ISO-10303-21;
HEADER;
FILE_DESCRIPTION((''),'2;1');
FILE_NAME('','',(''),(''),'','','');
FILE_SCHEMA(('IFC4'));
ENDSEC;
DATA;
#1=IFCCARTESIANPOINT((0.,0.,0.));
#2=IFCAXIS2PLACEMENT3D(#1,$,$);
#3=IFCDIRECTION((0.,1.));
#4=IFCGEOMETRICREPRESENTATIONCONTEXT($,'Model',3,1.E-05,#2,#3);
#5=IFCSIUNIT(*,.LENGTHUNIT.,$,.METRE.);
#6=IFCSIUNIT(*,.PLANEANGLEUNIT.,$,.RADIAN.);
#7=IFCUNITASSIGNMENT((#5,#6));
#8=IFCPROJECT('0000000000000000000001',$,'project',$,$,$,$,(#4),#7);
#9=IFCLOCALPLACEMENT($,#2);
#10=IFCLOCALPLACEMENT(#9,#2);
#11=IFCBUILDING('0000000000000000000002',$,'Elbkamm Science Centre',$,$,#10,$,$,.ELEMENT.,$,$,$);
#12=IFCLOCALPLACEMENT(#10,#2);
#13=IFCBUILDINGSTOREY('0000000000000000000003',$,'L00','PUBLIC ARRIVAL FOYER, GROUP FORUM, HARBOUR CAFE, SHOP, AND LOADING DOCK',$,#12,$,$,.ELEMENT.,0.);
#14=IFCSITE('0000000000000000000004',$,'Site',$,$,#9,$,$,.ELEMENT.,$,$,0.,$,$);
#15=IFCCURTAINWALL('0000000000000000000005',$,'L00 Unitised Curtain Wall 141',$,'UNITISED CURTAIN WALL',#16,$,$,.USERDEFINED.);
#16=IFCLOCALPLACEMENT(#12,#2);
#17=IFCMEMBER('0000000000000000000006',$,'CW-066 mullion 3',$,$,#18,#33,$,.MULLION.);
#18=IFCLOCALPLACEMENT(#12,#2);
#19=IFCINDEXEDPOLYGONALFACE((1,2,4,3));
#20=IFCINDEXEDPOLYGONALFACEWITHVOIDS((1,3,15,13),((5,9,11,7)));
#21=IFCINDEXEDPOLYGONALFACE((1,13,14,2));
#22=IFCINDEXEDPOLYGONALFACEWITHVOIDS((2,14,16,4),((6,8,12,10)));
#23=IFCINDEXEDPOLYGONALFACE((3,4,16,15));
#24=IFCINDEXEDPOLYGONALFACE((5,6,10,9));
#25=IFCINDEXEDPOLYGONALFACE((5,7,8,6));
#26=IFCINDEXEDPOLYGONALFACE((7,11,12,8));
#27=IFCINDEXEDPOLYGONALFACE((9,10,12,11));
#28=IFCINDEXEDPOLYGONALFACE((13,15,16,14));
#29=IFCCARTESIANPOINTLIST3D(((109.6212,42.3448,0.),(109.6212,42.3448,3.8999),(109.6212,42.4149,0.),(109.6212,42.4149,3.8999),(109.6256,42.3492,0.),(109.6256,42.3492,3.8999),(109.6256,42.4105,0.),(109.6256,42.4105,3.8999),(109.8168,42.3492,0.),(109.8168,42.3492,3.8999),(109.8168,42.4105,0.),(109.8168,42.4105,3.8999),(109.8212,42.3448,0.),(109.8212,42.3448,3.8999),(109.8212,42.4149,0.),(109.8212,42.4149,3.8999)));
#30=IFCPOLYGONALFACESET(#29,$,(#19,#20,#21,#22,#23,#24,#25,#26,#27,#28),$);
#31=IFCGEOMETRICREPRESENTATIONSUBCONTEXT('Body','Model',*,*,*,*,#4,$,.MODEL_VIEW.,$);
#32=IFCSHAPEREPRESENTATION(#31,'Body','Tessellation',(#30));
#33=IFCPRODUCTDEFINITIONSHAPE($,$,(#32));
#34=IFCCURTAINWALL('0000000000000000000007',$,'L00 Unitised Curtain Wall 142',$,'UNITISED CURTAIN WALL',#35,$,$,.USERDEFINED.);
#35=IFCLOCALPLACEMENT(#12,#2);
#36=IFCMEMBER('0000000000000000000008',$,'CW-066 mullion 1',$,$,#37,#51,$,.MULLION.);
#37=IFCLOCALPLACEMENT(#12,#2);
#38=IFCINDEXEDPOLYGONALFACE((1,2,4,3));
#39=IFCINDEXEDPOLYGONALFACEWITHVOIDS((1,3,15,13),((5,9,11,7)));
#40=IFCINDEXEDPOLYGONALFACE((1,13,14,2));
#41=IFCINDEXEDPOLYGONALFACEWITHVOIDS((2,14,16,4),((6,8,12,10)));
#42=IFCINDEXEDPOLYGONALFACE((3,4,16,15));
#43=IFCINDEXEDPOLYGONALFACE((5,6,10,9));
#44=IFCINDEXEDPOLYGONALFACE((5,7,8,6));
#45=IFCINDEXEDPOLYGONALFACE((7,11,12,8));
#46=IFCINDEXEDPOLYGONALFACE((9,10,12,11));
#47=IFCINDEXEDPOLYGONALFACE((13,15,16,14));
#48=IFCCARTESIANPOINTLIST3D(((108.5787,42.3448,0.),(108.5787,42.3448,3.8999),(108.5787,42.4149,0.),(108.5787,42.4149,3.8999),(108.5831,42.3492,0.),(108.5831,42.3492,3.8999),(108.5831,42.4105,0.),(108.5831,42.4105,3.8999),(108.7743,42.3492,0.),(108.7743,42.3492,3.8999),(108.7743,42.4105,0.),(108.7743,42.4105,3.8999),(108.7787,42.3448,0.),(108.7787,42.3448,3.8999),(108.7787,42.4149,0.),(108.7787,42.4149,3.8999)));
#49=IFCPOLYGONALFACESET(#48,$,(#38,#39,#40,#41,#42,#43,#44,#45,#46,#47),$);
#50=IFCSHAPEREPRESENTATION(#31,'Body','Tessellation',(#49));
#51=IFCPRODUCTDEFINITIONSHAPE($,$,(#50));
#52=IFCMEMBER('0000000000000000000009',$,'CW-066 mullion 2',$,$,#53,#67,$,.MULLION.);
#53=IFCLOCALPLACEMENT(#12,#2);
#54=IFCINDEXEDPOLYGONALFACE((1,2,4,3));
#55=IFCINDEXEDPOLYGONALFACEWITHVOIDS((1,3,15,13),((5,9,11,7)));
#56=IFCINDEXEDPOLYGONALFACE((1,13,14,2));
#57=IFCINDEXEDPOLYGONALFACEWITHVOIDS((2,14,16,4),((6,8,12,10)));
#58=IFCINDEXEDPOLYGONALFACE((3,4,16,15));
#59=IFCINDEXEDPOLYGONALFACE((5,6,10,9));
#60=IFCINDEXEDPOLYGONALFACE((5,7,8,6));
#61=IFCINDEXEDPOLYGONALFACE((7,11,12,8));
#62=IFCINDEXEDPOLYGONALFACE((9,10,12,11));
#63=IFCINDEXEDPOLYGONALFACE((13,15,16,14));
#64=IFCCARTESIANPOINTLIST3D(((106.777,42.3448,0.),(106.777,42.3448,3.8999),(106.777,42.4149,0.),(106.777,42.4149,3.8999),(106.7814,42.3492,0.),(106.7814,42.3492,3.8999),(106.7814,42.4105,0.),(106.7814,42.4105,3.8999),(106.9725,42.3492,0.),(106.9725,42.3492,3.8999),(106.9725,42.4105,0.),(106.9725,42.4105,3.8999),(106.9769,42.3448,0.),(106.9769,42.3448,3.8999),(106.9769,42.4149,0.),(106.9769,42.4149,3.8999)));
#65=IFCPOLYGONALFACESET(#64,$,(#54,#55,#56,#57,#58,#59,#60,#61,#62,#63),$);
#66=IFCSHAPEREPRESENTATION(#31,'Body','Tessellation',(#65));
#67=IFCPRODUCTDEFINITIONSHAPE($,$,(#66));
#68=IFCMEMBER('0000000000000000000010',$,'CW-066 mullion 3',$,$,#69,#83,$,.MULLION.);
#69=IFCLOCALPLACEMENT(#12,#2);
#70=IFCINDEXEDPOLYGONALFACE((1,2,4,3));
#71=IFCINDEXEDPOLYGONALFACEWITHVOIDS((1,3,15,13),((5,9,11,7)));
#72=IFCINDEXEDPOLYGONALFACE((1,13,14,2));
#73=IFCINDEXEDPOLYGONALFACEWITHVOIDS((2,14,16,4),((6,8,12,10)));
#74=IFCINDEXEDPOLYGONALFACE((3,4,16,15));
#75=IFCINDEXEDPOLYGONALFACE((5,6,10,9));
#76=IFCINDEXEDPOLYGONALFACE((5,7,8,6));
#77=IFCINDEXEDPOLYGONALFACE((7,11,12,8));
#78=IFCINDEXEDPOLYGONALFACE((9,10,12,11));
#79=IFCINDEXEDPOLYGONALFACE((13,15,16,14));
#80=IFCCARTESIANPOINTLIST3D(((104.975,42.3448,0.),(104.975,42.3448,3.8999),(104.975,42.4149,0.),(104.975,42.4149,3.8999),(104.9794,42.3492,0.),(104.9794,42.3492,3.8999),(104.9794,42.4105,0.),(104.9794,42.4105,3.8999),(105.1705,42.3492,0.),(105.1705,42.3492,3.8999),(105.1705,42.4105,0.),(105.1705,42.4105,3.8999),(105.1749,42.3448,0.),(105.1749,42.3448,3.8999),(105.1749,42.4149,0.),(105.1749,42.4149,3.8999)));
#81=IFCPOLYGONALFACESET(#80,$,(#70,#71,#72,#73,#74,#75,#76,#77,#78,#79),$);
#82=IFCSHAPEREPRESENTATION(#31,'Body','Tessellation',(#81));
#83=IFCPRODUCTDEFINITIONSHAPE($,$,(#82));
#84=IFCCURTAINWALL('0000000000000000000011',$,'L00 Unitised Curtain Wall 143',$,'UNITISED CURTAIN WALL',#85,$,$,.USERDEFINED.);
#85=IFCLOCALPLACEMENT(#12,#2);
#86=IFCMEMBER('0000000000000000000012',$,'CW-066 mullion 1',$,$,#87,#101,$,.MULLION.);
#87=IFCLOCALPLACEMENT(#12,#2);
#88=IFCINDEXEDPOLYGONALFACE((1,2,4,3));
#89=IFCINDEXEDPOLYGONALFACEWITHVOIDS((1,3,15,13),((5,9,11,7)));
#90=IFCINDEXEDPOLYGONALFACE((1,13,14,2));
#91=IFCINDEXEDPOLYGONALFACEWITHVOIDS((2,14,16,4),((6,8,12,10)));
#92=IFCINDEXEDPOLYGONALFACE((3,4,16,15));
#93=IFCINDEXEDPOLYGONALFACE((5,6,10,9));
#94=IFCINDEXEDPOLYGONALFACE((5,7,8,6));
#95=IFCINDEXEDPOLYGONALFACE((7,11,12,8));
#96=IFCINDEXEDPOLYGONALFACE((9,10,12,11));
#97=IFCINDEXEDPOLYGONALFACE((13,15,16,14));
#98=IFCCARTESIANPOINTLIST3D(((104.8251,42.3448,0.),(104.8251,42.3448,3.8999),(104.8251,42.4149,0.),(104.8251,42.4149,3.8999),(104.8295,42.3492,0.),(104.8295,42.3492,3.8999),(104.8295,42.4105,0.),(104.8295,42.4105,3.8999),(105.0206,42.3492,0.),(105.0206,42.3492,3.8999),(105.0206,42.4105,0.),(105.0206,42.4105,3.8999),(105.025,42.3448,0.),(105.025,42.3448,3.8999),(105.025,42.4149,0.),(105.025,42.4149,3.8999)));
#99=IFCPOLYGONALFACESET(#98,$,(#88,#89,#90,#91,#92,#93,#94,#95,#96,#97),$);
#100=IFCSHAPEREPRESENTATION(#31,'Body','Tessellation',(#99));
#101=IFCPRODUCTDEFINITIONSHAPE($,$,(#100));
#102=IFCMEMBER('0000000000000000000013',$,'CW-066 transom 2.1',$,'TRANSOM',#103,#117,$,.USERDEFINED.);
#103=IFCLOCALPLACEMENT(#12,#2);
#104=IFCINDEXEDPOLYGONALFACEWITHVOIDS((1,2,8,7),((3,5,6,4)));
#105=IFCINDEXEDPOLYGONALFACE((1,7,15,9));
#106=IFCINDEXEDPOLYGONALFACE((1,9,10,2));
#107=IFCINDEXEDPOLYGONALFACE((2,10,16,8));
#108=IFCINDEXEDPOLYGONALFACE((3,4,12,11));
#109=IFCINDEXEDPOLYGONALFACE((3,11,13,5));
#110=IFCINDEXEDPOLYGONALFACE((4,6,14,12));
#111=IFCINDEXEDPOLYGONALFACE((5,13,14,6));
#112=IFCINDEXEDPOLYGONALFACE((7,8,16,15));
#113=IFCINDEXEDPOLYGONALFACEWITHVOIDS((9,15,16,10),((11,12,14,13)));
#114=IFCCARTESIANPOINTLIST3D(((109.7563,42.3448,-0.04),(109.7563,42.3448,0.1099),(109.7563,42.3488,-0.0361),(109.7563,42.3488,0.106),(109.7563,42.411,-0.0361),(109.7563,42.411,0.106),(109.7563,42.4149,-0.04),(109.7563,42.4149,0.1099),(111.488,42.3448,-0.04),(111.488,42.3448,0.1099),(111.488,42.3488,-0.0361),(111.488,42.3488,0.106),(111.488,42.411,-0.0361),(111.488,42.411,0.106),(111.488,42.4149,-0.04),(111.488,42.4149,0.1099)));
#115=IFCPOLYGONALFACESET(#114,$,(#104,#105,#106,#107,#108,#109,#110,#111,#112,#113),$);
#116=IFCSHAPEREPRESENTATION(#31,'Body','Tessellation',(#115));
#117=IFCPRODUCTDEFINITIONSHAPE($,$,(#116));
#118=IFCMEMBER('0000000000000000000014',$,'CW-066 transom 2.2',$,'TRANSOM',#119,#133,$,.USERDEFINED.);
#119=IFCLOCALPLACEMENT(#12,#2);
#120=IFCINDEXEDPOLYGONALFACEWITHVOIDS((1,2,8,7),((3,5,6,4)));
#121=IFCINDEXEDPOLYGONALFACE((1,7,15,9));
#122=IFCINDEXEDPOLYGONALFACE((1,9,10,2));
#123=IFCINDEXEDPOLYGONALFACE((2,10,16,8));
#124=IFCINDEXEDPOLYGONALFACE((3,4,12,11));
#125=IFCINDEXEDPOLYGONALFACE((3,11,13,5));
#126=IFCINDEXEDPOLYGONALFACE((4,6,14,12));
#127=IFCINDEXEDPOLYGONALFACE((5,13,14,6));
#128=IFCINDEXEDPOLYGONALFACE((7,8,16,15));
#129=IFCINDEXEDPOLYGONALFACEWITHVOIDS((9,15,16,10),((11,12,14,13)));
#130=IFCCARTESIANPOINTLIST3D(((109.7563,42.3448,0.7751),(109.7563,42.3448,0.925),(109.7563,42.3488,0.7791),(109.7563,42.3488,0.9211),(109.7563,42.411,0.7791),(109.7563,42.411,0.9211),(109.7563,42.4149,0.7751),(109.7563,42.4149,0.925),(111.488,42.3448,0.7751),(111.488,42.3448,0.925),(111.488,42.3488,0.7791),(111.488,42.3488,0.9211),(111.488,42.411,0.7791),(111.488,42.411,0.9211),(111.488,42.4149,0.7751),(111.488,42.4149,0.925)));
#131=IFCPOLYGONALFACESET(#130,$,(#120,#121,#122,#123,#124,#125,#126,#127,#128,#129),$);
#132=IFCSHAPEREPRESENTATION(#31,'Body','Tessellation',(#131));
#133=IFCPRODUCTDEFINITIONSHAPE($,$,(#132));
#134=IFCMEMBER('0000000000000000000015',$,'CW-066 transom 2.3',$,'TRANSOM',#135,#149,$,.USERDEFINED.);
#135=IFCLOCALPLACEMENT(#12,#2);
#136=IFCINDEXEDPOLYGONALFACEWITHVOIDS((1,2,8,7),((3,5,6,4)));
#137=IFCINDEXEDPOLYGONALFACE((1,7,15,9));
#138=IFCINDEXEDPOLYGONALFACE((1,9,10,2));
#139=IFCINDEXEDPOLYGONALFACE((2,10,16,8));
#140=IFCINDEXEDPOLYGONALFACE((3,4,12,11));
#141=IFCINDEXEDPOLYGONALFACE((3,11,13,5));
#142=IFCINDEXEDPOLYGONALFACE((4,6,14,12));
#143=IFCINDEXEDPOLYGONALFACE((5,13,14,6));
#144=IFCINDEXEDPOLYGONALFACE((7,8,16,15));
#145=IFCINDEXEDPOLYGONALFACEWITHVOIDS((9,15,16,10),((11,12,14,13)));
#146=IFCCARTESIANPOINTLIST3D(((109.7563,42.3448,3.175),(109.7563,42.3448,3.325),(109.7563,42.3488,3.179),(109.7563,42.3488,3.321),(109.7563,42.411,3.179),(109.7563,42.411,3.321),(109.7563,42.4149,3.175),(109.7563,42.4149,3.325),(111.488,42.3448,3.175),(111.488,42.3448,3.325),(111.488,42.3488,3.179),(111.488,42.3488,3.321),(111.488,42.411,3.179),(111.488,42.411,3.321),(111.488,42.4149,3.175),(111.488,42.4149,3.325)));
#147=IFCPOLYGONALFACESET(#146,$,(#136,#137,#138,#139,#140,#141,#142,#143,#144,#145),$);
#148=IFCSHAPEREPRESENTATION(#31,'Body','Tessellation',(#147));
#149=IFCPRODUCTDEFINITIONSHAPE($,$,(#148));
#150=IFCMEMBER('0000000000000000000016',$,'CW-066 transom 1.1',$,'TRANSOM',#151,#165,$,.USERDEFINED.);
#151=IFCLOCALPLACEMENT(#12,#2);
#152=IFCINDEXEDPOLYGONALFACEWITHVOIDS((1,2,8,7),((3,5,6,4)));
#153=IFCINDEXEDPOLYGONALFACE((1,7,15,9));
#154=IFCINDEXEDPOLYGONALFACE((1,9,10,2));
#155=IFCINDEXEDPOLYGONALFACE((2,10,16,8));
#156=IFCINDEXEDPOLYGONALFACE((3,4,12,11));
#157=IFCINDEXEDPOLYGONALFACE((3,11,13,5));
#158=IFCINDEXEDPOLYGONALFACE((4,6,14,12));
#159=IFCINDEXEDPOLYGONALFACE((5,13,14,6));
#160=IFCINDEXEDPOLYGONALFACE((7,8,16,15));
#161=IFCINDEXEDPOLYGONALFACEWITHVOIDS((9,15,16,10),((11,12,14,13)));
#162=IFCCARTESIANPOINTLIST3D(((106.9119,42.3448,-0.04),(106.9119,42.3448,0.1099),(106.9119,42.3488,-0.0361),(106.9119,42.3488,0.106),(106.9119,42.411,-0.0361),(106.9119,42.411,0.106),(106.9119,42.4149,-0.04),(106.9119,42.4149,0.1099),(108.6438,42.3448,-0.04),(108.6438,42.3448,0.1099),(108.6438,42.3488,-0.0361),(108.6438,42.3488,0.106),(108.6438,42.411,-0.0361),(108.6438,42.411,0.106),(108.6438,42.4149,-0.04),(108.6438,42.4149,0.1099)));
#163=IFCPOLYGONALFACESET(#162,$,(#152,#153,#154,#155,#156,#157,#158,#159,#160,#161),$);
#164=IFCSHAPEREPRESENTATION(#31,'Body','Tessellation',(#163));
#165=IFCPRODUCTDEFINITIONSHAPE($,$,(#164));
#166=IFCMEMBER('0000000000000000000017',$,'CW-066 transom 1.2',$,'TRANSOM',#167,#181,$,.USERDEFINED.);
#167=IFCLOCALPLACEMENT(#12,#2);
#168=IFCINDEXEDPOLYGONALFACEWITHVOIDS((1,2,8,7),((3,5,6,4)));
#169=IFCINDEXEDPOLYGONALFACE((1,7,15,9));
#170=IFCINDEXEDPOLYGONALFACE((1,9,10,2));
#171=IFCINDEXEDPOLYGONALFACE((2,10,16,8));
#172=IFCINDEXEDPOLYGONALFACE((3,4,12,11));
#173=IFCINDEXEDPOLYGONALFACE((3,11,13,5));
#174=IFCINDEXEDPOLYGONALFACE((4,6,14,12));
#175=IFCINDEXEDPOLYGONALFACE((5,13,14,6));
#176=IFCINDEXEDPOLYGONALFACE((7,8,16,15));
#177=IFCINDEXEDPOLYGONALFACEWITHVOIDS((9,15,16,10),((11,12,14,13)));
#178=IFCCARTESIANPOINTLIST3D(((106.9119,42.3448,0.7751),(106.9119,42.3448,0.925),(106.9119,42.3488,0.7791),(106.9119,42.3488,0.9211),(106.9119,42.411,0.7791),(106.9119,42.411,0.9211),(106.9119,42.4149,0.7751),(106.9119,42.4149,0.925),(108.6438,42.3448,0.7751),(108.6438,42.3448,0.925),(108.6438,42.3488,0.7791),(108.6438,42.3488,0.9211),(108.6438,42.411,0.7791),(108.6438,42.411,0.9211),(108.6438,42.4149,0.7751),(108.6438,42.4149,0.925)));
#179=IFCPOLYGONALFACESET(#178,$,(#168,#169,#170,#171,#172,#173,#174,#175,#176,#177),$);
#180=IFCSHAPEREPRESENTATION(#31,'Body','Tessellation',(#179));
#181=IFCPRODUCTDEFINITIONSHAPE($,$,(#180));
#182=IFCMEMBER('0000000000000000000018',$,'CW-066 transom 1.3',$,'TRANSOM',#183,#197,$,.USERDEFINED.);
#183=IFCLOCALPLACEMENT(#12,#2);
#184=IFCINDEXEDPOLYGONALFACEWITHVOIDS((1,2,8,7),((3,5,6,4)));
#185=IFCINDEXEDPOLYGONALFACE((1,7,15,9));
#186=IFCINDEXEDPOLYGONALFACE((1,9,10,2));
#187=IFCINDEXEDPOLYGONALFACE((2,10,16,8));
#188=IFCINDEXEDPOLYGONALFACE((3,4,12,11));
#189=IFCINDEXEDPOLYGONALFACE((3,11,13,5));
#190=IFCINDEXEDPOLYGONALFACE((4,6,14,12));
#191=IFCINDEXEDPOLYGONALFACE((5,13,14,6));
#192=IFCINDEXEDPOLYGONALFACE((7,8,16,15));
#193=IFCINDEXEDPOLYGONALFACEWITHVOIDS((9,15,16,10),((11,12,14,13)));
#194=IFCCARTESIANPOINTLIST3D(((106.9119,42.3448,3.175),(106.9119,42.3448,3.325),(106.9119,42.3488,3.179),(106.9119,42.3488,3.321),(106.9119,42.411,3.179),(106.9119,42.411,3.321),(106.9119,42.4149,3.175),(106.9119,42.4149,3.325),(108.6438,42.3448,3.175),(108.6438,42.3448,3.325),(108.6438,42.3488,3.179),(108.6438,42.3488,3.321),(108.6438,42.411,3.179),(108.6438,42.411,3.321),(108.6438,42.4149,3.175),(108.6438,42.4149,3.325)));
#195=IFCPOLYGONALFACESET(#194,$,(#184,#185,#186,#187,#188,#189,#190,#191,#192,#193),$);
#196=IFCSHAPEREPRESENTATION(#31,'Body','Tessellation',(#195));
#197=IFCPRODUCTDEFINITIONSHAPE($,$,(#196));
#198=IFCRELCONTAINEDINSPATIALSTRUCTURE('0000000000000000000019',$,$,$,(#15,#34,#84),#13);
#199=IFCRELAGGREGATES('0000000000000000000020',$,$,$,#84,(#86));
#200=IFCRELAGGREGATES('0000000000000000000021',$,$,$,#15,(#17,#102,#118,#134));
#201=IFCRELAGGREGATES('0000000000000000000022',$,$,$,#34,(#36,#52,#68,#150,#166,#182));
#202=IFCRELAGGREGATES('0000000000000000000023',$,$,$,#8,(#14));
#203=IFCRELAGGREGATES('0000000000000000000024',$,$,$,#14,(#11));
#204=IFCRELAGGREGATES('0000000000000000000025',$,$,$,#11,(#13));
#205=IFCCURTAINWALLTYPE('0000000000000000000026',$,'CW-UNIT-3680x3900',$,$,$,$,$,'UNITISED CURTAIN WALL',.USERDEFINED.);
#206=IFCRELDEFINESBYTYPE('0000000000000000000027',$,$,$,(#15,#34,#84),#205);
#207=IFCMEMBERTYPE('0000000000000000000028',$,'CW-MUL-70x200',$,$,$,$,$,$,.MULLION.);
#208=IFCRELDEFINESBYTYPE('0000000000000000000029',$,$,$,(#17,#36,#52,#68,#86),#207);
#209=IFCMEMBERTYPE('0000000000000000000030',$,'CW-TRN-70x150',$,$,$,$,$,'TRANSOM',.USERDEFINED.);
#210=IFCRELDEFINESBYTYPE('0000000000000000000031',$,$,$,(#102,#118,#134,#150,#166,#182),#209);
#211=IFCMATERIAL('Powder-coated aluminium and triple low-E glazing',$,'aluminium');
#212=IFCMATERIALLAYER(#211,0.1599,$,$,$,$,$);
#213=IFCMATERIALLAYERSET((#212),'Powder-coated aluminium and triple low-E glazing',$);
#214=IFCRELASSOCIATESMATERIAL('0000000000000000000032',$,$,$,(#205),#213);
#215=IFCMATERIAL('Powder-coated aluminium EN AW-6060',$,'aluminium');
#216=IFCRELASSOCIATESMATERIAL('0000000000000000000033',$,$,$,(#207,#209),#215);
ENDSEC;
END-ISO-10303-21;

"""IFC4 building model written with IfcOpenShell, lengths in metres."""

from ifc_helpers import new_model, si_unit, direction, frame, origin, origin_2d, place, context, subcontext, project, spatial, hollow_rectangle, extrude, material, layer, layer_set, material_profile, profile_set, type_object, element, aggregate, save


model = new_model("IFC4")

# Units and contexts
model_context = context("Model", 3, precision=1e-05, world=origin(), true_north=direction((0.0, 1.0)))
body_context = subcontext(model_context, "Body", "Model", "MODEL_VIEW")
ifc_project = project(units=[si_unit("LENGTHUNIT", "METRE"), si_unit("PLANEANGLEUNIT", "RADIAN")], contexts=[model_context])

# Site, building, storey
site_placement = place(None, origin())
site = spatial("IfcSite", under=ifc_project, at=site_placement, Name="Site", CompositionType="ELEMENT", RefElevation=0.0)
building_placement = place(site_placement, origin())
building = spatial("IfcBuilding", under=site, at=building_placement, Name="Elbkamm Science Centre", CompositionType="ELEMENT")
storey_placement = place(building_placement, origin())
storey = spatial("IfcBuildingStorey", under=building, at=storey_placement, Name="L00", Description="PUBLIC ARRIVAL FOYER, GROUP FORUM, HARBOUR CAFE, SHOP, AND LOADING DOCK", CompositionType="ELEMENT", Elevation=0.0)

# Curtain wall, member
ifc_material_1 = material(Name="Powder-coated aluminium and triple low-E glazing", Category="aluminium")
ifc_layer_1 = layer(ifc_material_1, 0.1599)
ifc_layer_set_1 = layer_set([ifc_layer_1], Name="Powder-coated aluminium and triple low-E glazing")
curtain_wall_type = type_object("IfcCurtainWallType", Name="CW-UNIT-3680x3900", ElementType="UNITISED CURTAIN WALL", PredefinedType="USERDEFINED", material=ifc_layer_set_1)
curtain_wall_1_placement = place(storey_placement, origin())
curtain_wall_1 = element("IfcCurtainWall", 1, at=curtain_wall_1_placement, inside=storey, type_object=curtain_wall_type, Name="L00 Unitised Curtain Wall 141", ObjectType="UNITISED CURTAIN WALL", PredefinedType="USERDEFINED")
ifc_material_2 = material(Name="Powder-coated aluminium EN AW-6060", Category="aluminium")
ifc_material_profile_1 = material_profile(ifc_material_2, hollow_rectangle(XDim=0.0701, YDim=0.2, WallThickness=0.0044, at=origin_2d()), Name="ALU M70x200")
ifc_profile_set_1 = profile_set([ifc_material_profile_1], Name="Powder-coated aluminium EN AW-6060")
member_type_1 = type_object("IfcMemberType", Name="CW-MUL-70x200", PredefinedType="MULLION", material=ifc_profile_set_1)
member_1_placement = place(storey_placement, frame((109.7212, 42.3799, 0.0), z_axis=(0.0, 0.0, 1.0), x_axis=(0.0, -1.0, 0.0)))
member_1 = element("IfcMember", 2, at=member_1_placement, type_object=member_type_1, Name="CW-066 mullion 3", PredefinedType="MULLION", context=body_context, shape_type="SweptSolid", body=[
    extrude(hollow_rectangle(XDim=0.0701, YDim=0.2, WallThickness=0.0044, at=origin_2d()), origin(), (0.0, 0.0, 1.0), 3.8999),
])

# Curtain wall, members
curtain_wall_2_placement = place(storey_placement, origin())
curtain_wall_2 = element("IfcCurtainWall", 3, at=curtain_wall_2_placement, inside=storey, type_object=curtain_wall_type, Name="L00 Unitised Curtain Wall 142", ObjectType="UNITISED CURTAIN WALL", PredefinedType="USERDEFINED")
member_2_placement = place(storey_placement, frame((108.6787, 42.3799, 0.0), z_axis=(0.0, 0.0, 1.0), x_axis=(0.0, -1.0, 0.0)))
member_2 = element("IfcMember", 4, at=member_2_placement, type_object=member_type_1, Name="CW-066 mullion 1", PredefinedType="MULLION", context=body_context, shape_type="SweptSolid", body=[
    extrude(hollow_rectangle(XDim=0.0701, YDim=0.2, WallThickness=0.0044, at=origin_2d()), origin(), (0.0, 0.0, 1.0), 3.8999),
])
member_3_placement = place(storey_placement, frame((106.877, 42.3799, 0.0), z_axis=(0.0, 0.0, 1.0), x_axis=(0.0, -1.0, 0.0)))
member_3 = element("IfcMember", 5, at=member_3_placement, type_object=member_type_1, Name="CW-066 mullion 2", PredefinedType="MULLION", context=body_context, shape_type="SweptSolid", body=[
    extrude(hollow_rectangle(XDim=0.0701, YDim=0.2, WallThickness=0.0044, at=origin_2d()), origin(), (0.0, 0.0, 1.0), 3.8999),
])
member_4_placement = place(storey_placement, frame((105.075, 42.3799, 0.0), z_axis=(0.0, 0.0, 1.0), x_axis=(0.0, -1.0, 0.0)))
member_4 = element("IfcMember", 6, at=member_4_placement, type_object=member_type_1, Name="CW-066 mullion 3", PredefinedType="MULLION", context=body_context, shape_type="SweptSolid", body=[
    extrude(hollow_rectangle(XDim=0.0701, YDim=0.2, WallThickness=0.0044, at=origin_2d()), origin(), (0.0, 0.0, 1.0), 3.8999),
])

# Curtain wall, member
curtain_wall_3_placement = place(storey_placement, origin())
curtain_wall_3 = element("IfcCurtainWall", 7, at=curtain_wall_3_placement, inside=storey, type_object=curtain_wall_type, Name="L00 Unitised Curtain Wall 143", ObjectType="UNITISED CURTAIN WALL", PredefinedType="USERDEFINED")
member_5_placement = place(storey_placement, frame((104.925, 42.3799, 0.0), z_axis=(0.0, 0.0, 1.0), x_axis=(0.0, -1.0, 0.0)))
member_5 = element("IfcMember", 8, at=member_5_placement, type_object=member_type_1, Name="CW-066 mullion 1", PredefinedType="MULLION", context=body_context, shape_type="SweptSolid", body=[
    extrude(hollow_rectangle(XDim=0.0701, YDim=0.2, WallThickness=0.0044, at=origin_2d()), origin(), (0.0, 0.0, 1.0), 3.8999),
])

# Members
ifc_material_profile_2 = material_profile(ifc_material_2, hollow_rectangle(XDim=0.0701, YDim=0.1499, WallThickness=0.0039, at=origin_2d()), Name="ALU T70x150")
ifc_profile_set_2 = profile_set([ifc_material_profile_2], Name="Powder-coated aluminium EN AW-6060")
member_type_2 = type_object("IfcMemberType", Name="CW-TRN-70x150", ElementType="TRANSOM", PredefinedType="USERDEFINED", material=ifc_profile_set_2)
member_6_placement = place(storey_placement, frame((111.488, 42.3799, 0.0349), z_axis=(-1.0, 0.0, 0.0), x_axis=(0.0, -1.0, 0.0)))
member_6 = element("IfcMember", 9, at=member_6_placement, type_object=member_type_2, Name="CW-066 transom 2.1", ObjectType="TRANSOM", PredefinedType="USERDEFINED", context=body_context, shape_type="SweptSolid", body=[
    extrude(hollow_rectangle(XDim=0.0701, YDim=0.1499, WallThickness=0.0039, at=origin_2d()), origin(), (0.0, 0.0, 1.0), 1.7317),
])
member_7_placement = place(storey_placement, frame((111.488, 42.3799, 0.8501), z_axis=(-1.0, 0.0, 0.0), x_axis=(0.0, -1.0, 0.0)))
member_7 = element("IfcMember", 10, at=member_7_placement, type_object=member_type_2, Name="CW-066 transom 2.2", ObjectType="TRANSOM", PredefinedType="USERDEFINED", context=body_context, shape_type="SweptSolid", body=[
    extrude(hollow_rectangle(XDim=0.0701, YDim=0.1499, WallThickness=0.0039, at=origin_2d()), origin(), (0.0, 0.0, 1.0), 1.7317),
])
member_8_placement = place(storey_placement, frame((111.488, 42.3799, 3.25), z_axis=(-1.0, 0.0, 0.0), x_axis=(0.0, -1.0, 0.0)))
member_8 = element("IfcMember", 11, at=member_8_placement, type_object=member_type_2, Name="CW-066 transom 2.3", ObjectType="TRANSOM", PredefinedType="USERDEFINED", context=body_context, shape_type="SweptSolid", body=[
    extrude(hollow_rectangle(XDim=0.0701, YDim=0.1499, WallThickness=0.0039, at=origin_2d()), origin(), (0.0, 0.0, 1.0), 1.7317),
])
member_9_placement = place(storey_placement, frame((108.6438, 42.3799, 0.0349), z_axis=(-1.0, 0.0, 0.0), x_axis=(0.0, -1.0, 0.0)))
member_9 = element("IfcMember", 12, at=member_9_placement, type_object=member_type_2, Name="CW-066 transom 1.1", ObjectType="TRANSOM", PredefinedType="USERDEFINED", context=body_context, shape_type="SweptSolid", body=[
    extrude(hollow_rectangle(XDim=0.0701, YDim=0.1499, WallThickness=0.0039, at=origin_2d()), origin(), (0.0, 0.0, 1.0), 1.7319),
])
member_10_placement = place(storey_placement, frame((108.6438, 42.3799, 0.8501), z_axis=(-1.0, 0.0, 0.0), x_axis=(0.0, -1.0, 0.0)))
member_10 = element("IfcMember", 13, at=member_10_placement, type_object=member_type_2, Name="CW-066 transom 1.2", ObjectType="TRANSOM", PredefinedType="USERDEFINED", context=body_context, shape_type="SweptSolid", body=[
    extrude(hollow_rectangle(XDim=0.0701, YDim=0.1499, WallThickness=0.0039, at=origin_2d()), origin(), (0.0, 0.0, 1.0), 1.7319),
])
member_11_placement = place(storey_placement, frame((108.6438, 42.3799, 3.25), z_axis=(-1.0, 0.0, 0.0), x_axis=(0.0, -1.0, 0.0)))
member_11 = element("IfcMember", 14, at=member_11_placement, type_object=member_type_2, Name="CW-066 transom 1.3", ObjectType="TRANSOM", PredefinedType="USERDEFINED", context=body_context, shape_type="SweptSolid", body=[
    extrude(hollow_rectangle(XDim=0.0701, YDim=0.1499, WallThickness=0.0039, at=origin_2d()), origin(), (0.0, 0.0, 1.0), 1.7319),
])
aggregate(curtain_wall_3, [member_5])

aggregate(curtain_wall_1, [member_1, member_6, member_7, member_8])
aggregate(curtain_wall_2, [member_2, member_3, member_4, member_9, member_10, member_11])

save(model, "model.ifc")
